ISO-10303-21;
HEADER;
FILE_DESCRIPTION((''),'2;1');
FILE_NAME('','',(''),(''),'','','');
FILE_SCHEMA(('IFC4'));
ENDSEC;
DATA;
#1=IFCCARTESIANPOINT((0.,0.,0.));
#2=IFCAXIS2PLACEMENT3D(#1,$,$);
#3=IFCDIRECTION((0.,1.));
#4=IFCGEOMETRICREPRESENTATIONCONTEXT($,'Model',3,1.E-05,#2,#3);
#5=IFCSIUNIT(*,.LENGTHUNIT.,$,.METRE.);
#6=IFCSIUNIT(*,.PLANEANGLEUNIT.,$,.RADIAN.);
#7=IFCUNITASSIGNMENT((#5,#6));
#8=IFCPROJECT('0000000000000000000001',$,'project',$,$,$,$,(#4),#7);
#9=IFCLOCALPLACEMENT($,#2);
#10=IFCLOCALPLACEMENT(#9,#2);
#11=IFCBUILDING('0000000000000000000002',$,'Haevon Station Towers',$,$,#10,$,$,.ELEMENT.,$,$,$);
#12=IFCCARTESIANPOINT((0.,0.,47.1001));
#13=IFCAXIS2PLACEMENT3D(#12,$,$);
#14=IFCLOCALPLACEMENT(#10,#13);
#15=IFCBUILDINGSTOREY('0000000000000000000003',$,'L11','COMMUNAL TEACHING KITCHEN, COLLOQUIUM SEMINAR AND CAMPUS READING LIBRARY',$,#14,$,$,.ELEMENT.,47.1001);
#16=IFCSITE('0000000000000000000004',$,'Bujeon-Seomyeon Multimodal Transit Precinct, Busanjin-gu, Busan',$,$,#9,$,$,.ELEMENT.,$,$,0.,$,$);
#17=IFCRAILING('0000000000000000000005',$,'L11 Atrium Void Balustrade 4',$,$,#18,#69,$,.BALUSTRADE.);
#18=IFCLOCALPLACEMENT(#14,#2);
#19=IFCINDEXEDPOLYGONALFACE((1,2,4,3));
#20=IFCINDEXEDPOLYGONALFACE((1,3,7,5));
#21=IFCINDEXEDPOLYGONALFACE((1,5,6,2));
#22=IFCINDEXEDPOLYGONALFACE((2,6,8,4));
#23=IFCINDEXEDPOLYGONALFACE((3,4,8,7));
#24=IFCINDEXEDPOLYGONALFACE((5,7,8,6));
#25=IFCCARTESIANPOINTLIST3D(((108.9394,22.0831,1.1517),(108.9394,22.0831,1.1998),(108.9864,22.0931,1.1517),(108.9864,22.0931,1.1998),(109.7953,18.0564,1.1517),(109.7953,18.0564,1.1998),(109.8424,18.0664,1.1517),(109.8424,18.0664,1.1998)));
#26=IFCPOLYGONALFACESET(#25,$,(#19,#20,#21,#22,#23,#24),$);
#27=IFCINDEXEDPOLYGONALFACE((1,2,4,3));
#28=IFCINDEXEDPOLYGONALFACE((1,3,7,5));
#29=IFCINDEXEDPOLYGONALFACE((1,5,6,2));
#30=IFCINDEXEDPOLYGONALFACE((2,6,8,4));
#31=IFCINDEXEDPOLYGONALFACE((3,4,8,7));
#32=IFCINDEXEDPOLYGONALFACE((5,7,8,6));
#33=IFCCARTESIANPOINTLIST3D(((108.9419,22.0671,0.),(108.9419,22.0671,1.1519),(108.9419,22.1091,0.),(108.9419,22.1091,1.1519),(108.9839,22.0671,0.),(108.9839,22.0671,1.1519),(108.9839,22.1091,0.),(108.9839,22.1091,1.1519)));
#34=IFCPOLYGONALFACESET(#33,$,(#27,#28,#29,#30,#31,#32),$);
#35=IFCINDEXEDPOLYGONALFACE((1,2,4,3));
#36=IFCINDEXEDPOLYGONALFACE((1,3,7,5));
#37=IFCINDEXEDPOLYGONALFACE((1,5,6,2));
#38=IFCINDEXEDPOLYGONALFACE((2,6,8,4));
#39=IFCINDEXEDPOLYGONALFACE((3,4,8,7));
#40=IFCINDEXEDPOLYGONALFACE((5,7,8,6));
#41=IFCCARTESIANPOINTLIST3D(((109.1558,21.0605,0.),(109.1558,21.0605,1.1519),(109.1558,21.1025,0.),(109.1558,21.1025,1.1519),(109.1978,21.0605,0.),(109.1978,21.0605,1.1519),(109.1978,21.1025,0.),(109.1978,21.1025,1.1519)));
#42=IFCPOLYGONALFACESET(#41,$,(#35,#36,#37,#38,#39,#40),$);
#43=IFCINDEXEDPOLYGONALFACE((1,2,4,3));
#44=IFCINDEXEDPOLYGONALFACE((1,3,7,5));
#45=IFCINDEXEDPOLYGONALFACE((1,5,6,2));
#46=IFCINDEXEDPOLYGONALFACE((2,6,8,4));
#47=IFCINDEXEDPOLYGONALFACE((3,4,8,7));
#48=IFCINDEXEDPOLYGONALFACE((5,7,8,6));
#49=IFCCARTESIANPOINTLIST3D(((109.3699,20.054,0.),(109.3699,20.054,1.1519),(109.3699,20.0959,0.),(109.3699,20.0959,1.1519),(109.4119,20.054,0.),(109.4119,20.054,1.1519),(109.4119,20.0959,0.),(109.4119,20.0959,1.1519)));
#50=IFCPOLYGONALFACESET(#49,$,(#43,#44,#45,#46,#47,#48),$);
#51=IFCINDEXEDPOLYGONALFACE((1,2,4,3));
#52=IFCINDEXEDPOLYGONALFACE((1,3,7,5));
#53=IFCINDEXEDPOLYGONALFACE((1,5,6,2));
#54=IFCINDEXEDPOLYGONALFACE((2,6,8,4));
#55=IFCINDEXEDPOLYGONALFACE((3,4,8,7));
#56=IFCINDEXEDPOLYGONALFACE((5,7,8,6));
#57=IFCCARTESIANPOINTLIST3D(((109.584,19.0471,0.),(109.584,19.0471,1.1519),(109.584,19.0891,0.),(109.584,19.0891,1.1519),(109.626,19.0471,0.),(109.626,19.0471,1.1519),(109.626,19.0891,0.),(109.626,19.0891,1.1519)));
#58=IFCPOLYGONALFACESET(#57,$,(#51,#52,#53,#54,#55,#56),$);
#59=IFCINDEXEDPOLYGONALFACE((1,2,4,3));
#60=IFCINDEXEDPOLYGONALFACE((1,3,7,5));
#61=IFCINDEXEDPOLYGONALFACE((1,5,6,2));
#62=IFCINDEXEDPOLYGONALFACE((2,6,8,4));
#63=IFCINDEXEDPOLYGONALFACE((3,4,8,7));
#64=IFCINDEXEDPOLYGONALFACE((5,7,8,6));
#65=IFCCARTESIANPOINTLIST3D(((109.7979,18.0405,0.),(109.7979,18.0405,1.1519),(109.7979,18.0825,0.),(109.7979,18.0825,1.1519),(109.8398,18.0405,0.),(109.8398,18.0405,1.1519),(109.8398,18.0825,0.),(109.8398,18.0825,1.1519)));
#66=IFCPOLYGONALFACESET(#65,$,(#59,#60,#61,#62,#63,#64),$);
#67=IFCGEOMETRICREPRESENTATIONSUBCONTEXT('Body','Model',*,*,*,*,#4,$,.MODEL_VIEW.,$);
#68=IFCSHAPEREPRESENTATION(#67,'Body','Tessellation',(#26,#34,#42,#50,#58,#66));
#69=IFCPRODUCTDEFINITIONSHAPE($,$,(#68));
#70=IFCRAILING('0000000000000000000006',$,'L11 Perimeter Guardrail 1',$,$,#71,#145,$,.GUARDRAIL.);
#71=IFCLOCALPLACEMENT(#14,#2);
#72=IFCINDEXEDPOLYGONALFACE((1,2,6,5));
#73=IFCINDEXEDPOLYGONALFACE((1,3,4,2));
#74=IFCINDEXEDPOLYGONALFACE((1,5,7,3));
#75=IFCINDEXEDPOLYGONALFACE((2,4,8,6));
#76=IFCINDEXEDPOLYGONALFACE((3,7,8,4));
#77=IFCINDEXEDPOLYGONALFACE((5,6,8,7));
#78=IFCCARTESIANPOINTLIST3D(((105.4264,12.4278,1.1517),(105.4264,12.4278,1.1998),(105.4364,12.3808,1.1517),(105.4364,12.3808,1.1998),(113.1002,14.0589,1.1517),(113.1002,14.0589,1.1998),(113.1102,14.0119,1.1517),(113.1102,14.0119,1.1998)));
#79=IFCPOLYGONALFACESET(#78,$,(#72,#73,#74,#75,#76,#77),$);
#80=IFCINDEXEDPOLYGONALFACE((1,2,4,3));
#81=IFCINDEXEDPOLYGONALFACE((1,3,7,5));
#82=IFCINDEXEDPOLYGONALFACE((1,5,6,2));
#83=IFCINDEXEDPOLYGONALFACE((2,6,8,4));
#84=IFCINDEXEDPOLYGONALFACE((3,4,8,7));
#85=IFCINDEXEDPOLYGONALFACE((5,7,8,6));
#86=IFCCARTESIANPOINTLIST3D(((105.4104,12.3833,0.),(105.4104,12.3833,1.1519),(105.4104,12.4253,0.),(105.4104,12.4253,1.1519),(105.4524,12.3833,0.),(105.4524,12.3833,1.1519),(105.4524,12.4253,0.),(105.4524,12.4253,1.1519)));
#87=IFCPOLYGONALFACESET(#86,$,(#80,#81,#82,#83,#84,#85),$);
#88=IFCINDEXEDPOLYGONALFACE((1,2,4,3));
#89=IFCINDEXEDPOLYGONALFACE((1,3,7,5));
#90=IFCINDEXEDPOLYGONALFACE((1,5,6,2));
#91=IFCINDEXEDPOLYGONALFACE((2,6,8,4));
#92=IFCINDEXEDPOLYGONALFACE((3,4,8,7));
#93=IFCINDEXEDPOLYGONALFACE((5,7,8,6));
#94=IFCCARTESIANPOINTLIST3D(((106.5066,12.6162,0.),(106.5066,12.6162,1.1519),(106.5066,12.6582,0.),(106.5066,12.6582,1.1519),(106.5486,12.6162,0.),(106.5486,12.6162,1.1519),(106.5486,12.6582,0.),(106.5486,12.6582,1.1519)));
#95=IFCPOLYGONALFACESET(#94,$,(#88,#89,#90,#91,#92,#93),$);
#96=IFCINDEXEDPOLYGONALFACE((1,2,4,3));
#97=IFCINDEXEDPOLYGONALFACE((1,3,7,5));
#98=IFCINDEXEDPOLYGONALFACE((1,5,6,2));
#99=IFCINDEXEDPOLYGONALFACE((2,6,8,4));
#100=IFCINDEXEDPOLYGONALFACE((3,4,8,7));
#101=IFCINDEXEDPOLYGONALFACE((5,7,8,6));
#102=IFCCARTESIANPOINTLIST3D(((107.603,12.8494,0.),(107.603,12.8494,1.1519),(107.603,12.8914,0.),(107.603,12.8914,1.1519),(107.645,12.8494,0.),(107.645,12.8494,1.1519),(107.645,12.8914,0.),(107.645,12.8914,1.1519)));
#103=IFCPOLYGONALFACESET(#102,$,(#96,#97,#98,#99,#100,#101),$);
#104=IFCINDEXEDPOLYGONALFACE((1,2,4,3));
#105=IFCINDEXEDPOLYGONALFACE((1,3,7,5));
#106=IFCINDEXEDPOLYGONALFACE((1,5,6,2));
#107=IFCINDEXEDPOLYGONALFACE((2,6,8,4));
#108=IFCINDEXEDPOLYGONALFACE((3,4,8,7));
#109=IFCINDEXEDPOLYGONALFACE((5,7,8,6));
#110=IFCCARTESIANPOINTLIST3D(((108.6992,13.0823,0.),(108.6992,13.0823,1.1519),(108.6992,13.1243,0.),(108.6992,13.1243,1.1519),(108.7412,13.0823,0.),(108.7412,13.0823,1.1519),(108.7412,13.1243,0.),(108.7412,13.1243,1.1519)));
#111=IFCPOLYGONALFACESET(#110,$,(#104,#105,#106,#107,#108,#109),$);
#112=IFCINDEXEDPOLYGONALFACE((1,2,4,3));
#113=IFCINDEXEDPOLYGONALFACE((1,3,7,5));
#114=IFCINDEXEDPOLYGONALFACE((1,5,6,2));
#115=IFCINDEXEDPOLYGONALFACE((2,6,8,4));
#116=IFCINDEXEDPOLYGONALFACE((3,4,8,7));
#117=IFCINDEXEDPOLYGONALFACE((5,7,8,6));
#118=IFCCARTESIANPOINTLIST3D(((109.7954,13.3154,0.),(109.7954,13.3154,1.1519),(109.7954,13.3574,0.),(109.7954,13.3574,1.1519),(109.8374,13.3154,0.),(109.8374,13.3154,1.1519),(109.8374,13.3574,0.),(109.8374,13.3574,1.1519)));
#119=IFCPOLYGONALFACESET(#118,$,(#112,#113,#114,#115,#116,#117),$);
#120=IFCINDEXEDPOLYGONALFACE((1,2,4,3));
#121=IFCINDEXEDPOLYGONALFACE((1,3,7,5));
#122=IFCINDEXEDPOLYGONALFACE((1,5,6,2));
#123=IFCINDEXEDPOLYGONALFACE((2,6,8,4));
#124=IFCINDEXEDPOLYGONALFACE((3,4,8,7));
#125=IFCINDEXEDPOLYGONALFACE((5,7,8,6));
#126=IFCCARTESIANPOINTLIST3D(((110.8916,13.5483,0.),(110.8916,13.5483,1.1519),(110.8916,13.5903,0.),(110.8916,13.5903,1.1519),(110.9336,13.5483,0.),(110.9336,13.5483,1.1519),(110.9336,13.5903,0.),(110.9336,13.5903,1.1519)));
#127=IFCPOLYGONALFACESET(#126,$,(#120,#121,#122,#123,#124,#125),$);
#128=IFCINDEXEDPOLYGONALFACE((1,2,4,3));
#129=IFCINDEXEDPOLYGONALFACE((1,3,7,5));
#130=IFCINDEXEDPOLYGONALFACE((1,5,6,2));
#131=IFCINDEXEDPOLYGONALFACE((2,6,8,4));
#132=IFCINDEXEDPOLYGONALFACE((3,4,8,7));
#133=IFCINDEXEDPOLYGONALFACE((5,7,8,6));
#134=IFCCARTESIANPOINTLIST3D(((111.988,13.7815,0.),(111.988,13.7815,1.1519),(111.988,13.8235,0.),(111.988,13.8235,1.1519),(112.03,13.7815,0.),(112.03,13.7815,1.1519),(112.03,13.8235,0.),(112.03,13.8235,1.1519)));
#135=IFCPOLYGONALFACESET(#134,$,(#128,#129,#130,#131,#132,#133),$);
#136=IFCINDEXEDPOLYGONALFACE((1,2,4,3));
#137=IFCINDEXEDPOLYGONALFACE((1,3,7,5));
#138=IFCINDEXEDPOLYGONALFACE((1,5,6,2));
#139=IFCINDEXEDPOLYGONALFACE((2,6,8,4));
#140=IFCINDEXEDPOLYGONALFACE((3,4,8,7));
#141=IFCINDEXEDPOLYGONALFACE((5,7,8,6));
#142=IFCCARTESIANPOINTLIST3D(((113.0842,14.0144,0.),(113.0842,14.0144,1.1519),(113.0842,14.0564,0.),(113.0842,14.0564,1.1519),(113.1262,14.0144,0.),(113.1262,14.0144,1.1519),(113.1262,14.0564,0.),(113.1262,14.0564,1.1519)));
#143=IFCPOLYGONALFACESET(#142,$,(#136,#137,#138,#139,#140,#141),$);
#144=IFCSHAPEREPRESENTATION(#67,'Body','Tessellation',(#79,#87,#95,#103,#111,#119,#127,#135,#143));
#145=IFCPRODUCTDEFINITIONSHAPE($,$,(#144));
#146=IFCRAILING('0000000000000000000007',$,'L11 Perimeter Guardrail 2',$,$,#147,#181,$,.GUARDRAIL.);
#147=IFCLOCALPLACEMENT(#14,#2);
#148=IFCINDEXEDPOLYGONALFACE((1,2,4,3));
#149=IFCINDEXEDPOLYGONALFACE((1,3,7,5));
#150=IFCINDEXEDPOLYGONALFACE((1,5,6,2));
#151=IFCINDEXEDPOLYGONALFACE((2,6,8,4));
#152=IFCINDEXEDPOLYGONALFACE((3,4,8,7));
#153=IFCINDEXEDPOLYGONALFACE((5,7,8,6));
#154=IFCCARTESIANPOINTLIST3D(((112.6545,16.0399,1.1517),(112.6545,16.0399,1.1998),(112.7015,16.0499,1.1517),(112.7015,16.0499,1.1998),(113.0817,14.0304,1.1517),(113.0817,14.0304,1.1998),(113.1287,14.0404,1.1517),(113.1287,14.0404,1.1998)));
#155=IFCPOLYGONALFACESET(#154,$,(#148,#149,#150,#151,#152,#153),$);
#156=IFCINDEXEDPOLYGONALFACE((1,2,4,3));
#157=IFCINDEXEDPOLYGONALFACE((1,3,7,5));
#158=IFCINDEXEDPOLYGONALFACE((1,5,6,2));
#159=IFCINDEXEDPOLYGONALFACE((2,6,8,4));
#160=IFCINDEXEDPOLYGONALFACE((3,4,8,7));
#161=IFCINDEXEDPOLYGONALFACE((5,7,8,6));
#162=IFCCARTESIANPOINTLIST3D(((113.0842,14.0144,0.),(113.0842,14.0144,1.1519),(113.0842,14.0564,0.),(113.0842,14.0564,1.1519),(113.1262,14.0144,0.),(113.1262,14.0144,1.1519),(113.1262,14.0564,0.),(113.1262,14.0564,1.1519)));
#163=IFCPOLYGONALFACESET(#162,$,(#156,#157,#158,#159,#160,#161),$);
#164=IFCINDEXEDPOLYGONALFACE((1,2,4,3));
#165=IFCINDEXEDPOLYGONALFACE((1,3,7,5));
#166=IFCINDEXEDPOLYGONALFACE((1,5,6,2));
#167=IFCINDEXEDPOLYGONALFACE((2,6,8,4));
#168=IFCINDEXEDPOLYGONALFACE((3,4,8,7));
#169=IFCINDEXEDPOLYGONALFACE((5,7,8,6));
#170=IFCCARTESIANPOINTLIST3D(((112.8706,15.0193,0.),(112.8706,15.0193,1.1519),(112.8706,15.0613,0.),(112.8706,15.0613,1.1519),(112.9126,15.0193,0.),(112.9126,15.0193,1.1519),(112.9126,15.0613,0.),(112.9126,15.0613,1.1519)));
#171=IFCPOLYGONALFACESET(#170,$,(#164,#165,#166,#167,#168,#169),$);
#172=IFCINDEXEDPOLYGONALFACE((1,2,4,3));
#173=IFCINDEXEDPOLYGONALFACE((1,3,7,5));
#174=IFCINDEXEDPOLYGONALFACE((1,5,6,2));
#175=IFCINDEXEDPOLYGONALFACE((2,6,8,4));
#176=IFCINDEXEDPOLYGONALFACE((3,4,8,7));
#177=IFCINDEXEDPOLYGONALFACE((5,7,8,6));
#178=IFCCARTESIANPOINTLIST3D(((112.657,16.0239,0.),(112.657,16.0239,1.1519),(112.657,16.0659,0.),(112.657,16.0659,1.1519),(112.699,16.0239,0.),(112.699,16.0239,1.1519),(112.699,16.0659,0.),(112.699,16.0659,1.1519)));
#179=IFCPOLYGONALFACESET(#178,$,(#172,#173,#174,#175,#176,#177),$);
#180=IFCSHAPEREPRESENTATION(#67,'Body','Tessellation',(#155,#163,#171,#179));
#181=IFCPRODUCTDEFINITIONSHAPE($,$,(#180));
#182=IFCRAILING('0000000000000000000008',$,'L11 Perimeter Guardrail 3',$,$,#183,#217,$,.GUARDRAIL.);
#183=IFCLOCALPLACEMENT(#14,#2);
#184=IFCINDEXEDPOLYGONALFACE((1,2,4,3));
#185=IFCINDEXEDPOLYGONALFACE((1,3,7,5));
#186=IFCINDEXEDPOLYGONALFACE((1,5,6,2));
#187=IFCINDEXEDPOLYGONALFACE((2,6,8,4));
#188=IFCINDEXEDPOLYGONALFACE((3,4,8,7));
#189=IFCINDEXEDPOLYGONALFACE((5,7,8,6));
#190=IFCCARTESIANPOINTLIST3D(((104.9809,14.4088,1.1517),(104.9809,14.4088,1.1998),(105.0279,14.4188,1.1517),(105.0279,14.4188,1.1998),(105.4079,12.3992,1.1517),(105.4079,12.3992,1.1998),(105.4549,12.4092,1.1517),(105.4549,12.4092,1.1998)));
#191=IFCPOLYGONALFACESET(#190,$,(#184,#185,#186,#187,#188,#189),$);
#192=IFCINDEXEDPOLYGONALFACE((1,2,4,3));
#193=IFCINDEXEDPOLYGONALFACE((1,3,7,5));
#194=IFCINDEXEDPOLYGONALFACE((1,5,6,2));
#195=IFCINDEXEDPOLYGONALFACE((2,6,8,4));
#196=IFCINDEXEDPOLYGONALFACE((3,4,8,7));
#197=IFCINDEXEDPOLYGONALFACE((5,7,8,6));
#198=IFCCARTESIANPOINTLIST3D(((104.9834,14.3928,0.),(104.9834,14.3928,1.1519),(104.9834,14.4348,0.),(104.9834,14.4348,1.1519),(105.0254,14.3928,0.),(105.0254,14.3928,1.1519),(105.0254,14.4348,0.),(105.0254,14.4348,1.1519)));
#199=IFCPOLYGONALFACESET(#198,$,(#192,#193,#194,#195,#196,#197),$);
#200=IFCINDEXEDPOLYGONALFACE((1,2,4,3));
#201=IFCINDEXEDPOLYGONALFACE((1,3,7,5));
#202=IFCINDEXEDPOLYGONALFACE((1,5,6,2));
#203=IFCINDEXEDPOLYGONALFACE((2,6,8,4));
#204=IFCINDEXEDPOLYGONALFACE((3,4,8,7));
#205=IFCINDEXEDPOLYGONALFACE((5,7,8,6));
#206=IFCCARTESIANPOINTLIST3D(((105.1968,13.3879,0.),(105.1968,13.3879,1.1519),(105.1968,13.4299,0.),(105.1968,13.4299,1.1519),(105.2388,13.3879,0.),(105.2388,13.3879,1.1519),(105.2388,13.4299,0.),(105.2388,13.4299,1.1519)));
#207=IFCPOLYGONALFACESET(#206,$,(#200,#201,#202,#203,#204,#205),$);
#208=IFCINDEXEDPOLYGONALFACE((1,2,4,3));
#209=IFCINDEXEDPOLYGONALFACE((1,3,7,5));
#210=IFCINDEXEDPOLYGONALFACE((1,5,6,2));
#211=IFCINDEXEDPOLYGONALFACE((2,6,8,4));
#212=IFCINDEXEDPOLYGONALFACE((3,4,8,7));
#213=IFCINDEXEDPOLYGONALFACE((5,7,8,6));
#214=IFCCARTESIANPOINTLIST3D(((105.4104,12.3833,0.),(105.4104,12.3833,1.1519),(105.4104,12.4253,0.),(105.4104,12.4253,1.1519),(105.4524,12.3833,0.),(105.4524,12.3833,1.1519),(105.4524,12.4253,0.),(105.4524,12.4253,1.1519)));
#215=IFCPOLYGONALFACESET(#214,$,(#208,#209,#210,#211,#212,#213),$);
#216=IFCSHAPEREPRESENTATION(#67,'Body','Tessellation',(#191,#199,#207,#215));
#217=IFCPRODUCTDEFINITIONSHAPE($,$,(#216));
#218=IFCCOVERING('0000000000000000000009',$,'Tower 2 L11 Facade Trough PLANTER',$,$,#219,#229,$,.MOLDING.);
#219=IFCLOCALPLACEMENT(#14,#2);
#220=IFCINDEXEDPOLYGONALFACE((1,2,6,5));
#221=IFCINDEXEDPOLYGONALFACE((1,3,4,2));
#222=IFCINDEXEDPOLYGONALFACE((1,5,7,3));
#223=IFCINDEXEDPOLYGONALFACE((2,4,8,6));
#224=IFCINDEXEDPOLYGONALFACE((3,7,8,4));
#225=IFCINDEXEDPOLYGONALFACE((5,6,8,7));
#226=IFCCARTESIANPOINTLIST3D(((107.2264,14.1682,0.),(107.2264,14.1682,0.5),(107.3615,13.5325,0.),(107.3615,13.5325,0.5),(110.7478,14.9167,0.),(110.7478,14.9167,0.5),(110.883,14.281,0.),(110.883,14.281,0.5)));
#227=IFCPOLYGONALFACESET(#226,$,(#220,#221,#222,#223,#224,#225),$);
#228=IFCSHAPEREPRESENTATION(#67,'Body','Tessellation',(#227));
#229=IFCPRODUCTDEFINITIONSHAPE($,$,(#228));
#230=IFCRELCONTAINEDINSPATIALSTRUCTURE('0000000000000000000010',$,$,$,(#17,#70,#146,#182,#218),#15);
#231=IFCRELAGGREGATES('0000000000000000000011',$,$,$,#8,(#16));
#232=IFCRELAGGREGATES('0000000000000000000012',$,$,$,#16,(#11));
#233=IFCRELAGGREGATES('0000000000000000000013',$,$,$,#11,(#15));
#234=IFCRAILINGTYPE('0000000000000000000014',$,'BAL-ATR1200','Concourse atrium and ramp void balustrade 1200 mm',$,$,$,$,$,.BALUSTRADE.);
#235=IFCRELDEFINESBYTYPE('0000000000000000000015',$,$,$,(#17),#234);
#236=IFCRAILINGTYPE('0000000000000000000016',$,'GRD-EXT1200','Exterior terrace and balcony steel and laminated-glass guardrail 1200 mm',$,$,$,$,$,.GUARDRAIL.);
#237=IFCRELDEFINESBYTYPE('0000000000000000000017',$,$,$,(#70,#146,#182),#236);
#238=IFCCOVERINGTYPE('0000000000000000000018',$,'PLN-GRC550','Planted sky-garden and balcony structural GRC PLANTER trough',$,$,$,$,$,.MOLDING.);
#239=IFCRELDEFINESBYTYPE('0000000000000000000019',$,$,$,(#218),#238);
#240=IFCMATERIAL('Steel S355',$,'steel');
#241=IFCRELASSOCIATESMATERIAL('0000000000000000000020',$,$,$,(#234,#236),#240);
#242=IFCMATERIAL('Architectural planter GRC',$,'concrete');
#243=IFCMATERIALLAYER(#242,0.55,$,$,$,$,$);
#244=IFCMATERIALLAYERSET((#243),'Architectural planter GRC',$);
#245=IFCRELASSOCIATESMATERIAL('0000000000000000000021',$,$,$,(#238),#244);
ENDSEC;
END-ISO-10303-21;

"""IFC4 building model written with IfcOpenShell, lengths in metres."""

from ifc_helpers import new_model, si_unit, direction, frame, origin, origin_2d, place, context, subcontext, project, spatial, rectangle, extrude, material, layer, layer_set, type_object, element, save


model = new_model("IFC4")

# Units and contexts
model_context = context("Model", 3, precision=1e-05, world=origin(), true_north=direction((0.0, 1.0)))
body_context = subcontext(model_context, "Body", "Model", "MODEL_VIEW")
ifc_project = project(units=[si_unit("LENGTHUNIT", "METRE"), si_unit("PLANEANGLEUNIT", "RADIAN")], contexts=[model_context])

# Site, building, storey
site_placement = place(None, origin())
site = spatial("IfcSite", under=ifc_project, at=site_placement, Name="Bujeon-Seomyeon Multimodal Transit Precinct, Busanjin-gu, Busan", CompositionType="ELEMENT", RefElevation=0.0)
building_placement = place(site_placement, origin())
building = spatial("IfcBuilding", under=site, at=building_placement, Name="Haevon Station Towers", CompositionType="ELEMENT")
storey_placement = place(building_placement, frame((0.0, 0.0, 47.1001)))
storey = spatial("IfcBuildingStorey", under=building, at=storey_placement, Name="L11", Description="COMMUNAL TEACHING KITCHEN, COLLOQUIUM SEMINAR AND CAMPUS READING LIBRARY", CompositionType="ELEMENT", Elevation=47.1001)

# Shared definitions
ifc_material_1 = material(Name="Steel S355", Category="steel")

# Railings
railing_type_1 = type_object("IfcRailingType", Name="BAL-ATR1200", Description="Concourse atrium and ramp void balustrade 1200 mm", PredefinedType="BALUSTRADE", material=ifc_material_1)
railing_1_placement = place(storey_placement, frame((108.9629, 22.0881, 0.0)))
element("IfcRailing", 1, at=railing_1_placement, inside=storey, type_object=railing_type_1, Name="L11 Atrium Void Balustrade 4", PredefinedType="BALUSTRADE", context=body_context, shape_type="SweptSolid", body=[
    extrude(rectangle(XDim=0.0481, YDim=0.0481, at=origin_2d()), frame((0.0, 0.0, 1.1758), z_axis=(0.207929, -0.978144, 0.0), x_axis=(0.978144, 0.207929, 0.0)), (0.0, 0.0, 1.0), 4.1167),
    extrude(rectangle(XDim=0.042, YDim=0.042, at=origin_2d()), origin(), (0.0, 0.0, 1.0), 1.1519),
    extrude(rectangle(XDim=0.042, YDim=0.042, at=origin_2d()), frame((0.2139, -1.0066, 0.0)), (0.0, 0.0, 1.0), 1.1519),
    extrude(rectangle(XDim=0.042, YDim=0.042, at=origin_2d()), frame((0.428, -2.0132, 0.0)), (0.0, 0.0, 1.0), 1.1519),
    extrude(rectangle(XDim=0.042, YDim=0.042, at=origin_2d()), frame((0.6421, -3.02, 0.0)), (0.0, 0.0, 1.0), 1.1519),
    extrude(rectangle(XDim=0.042, YDim=0.042, at=origin_2d()), frame((0.856, -4.0266, 0.0)), (0.0, 0.0, 1.0), 1.1519),
])
railing_type_2 = type_object("IfcRailingType", Name="GRD-EXT1200", Description="Exterior terrace and balcony steel and laminated-glass guardrail 1200 mm", PredefinedType="GUARDRAIL", material=ifc_material_1)
railing_2_placement = place(storey_placement, frame((105.4314, 12.4043, 0.0)))
element("IfcRailing", 2, at=railing_2_placement, inside=storey, type_object=railing_type_2, Name="L11 Perimeter Guardrail 1", PredefinedType="GUARDRAIL", context=body_context, shape_type="SweptSolid", body=[
    extrude(rectangle(XDim=0.0481, YDim=0.0481, at=origin_2d()), frame((0.0, 0.0, 1.1758), z_axis=(0.978148, 0.207909, 0.0), x_axis=(-0.207909, 0.978148, 0.0)), (0.0, 0.0, 1.0), 7.8452),
    extrude(rectangle(XDim=0.042, YDim=0.042, at=origin_2d()), origin(), (0.0, 0.0, 1.0), 1.1519),
    extrude(rectangle(XDim=0.042, YDim=0.042, at=origin_2d()), frame((1.0962, 0.2329, 0.0)), (0.0, 0.0, 1.0), 1.1519),
    extrude(rectangle(XDim=0.042, YDim=0.042, at=origin_2d()), frame((2.1926, 0.4661, 0.0)), (0.0, 0.0, 1.0), 1.1519),
    extrude(rectangle(XDim=0.042, YDim=0.042, at=origin_2d()), frame((3.2888, 0.699, 0.0)), (0.0, 0.0, 1.0), 1.1519),
    extrude(rectangle(XDim=0.042, YDim=0.042, at=origin_2d()), frame((4.385, 0.9321, 0.0)), (0.0, 0.0, 1.0), 1.1519),
    extrude(rectangle(XDim=0.042, YDim=0.042, at=origin_2d()), frame((5.4812, 1.165, 0.0)), (0.0, 0.0, 1.0), 1.1519),
    extrude(rectangle(XDim=0.042, YDim=0.042, at=origin_2d()), frame((6.5776, 1.3982, 0.0)), (0.0, 0.0, 1.0), 1.1519),
    extrude(rectangle(XDim=0.042, YDim=0.042, at=origin_2d()), frame((7.6738, 1.6311, 0.0)), (0.0, 0.0, 1.0), 1.1519),
])
railing_3_placement = place(storey_placement, frame((113.1052, 14.0354, 0.0)))
element("IfcRailing", 3, at=railing_3_placement, inside=storey, type_object=railing_type_2, Name="L11 Perimeter Guardrail 2", PredefinedType="GUARDRAIL", context=body_context, shape_type="SweptSolid", body=[
    extrude(rectangle(XDim=0.0481, YDim=0.0481, at=origin_2d()), frame((0.0, 0.0, 1.1758), z_axis=(-0.207963, 0.978137, 0.0), x_axis=(-0.978137, -0.207963, 0.0)), (0.0, 0.0, 1.0), 2.0544),
    extrude(rectangle(XDim=0.042, YDim=0.042, at=origin_2d()), origin(), (0.0, 0.0, 1.0), 1.1519),
    extrude(rectangle(XDim=0.042, YDim=0.042, at=origin_2d()), frame((-0.2136, 1.0049, 0.0)), (0.0, 0.0, 1.0), 1.1519),
    extrude(rectangle(XDim=0.042, YDim=0.042, at=origin_2d()), frame((-0.4272, 2.0095, 0.0)), (0.0, 0.0, 1.0), 1.1519),
])
railing_4_placement = place(storey_placement, frame((105.0044, 14.4138, 0.0)))
element("IfcRailing", 4, at=railing_4_placement, inside=storey, type_object=railing_type_2, Name="L11 Perimeter Guardrail 3", PredefinedType="GUARDRAIL", context=body_context, shape_type="SweptSolid", body=[
    extrude(rectangle(XDim=0.0481, YDim=0.0481, at=origin_2d()), frame((0.0, 0.0, 1.1758), z_axis=(0.207849, -0.978161, 0.0), x_axis=(0.978161, 0.207849, 0.0)), (0.0, 0.0, 1.0), 2.0544),
    extrude(rectangle(XDim=0.042, YDim=0.042, at=origin_2d()), origin(), (0.0, 0.0, 1.0), 1.1519),
    extrude(rectangle(XDim=0.042, YDim=0.042, at=origin_2d()), frame((0.2134, -1.0049, 0.0)), (0.0, 0.0, 1.0), 1.1519),
    extrude(rectangle(XDim=0.042, YDim=0.042, at=origin_2d()), frame((0.427, -2.0095, 0.0)), (0.0, 0.0, 1.0), 1.1519),
])

# Covering
ifc_material_2 = material(Name="Architectural planter GRC", Category="concrete")
ifc_layer_1 = layer(ifc_material_2, 0.55)
ifc_layer_set_1 = layer_set([ifc_layer_1], Name="Architectural planter GRC")
covering_type = type_object("IfcCoveringType", Name="PLN-GRC550", Description="Planted sky-garden and balcony structural GRC PLANTER trough", PredefinedType="MOLDING", material=ifc_layer_set_1)
covering_placement = place(storey_placement, frame((109.0547, 14.2246, 0.0), z_axis=(0.0, 0.0, 1.0), x_axis=(0.978148, 0.207912, 0.0)))
element("IfcCovering", 5, at=covering_placement, inside=storey, type_object=covering_type, Name="Tower 2 L11 Facade Trough PLANTER", PredefinedType="MOLDING", context=body_context, shape_type="SweptSolid", body=[
    extrude(rectangle(XDim=3.6001, YDim=0.6499, at=origin_2d()), origin(), (0.0, 0.0, 1.0), 0.5),
])

save(model, "model.ifc")
